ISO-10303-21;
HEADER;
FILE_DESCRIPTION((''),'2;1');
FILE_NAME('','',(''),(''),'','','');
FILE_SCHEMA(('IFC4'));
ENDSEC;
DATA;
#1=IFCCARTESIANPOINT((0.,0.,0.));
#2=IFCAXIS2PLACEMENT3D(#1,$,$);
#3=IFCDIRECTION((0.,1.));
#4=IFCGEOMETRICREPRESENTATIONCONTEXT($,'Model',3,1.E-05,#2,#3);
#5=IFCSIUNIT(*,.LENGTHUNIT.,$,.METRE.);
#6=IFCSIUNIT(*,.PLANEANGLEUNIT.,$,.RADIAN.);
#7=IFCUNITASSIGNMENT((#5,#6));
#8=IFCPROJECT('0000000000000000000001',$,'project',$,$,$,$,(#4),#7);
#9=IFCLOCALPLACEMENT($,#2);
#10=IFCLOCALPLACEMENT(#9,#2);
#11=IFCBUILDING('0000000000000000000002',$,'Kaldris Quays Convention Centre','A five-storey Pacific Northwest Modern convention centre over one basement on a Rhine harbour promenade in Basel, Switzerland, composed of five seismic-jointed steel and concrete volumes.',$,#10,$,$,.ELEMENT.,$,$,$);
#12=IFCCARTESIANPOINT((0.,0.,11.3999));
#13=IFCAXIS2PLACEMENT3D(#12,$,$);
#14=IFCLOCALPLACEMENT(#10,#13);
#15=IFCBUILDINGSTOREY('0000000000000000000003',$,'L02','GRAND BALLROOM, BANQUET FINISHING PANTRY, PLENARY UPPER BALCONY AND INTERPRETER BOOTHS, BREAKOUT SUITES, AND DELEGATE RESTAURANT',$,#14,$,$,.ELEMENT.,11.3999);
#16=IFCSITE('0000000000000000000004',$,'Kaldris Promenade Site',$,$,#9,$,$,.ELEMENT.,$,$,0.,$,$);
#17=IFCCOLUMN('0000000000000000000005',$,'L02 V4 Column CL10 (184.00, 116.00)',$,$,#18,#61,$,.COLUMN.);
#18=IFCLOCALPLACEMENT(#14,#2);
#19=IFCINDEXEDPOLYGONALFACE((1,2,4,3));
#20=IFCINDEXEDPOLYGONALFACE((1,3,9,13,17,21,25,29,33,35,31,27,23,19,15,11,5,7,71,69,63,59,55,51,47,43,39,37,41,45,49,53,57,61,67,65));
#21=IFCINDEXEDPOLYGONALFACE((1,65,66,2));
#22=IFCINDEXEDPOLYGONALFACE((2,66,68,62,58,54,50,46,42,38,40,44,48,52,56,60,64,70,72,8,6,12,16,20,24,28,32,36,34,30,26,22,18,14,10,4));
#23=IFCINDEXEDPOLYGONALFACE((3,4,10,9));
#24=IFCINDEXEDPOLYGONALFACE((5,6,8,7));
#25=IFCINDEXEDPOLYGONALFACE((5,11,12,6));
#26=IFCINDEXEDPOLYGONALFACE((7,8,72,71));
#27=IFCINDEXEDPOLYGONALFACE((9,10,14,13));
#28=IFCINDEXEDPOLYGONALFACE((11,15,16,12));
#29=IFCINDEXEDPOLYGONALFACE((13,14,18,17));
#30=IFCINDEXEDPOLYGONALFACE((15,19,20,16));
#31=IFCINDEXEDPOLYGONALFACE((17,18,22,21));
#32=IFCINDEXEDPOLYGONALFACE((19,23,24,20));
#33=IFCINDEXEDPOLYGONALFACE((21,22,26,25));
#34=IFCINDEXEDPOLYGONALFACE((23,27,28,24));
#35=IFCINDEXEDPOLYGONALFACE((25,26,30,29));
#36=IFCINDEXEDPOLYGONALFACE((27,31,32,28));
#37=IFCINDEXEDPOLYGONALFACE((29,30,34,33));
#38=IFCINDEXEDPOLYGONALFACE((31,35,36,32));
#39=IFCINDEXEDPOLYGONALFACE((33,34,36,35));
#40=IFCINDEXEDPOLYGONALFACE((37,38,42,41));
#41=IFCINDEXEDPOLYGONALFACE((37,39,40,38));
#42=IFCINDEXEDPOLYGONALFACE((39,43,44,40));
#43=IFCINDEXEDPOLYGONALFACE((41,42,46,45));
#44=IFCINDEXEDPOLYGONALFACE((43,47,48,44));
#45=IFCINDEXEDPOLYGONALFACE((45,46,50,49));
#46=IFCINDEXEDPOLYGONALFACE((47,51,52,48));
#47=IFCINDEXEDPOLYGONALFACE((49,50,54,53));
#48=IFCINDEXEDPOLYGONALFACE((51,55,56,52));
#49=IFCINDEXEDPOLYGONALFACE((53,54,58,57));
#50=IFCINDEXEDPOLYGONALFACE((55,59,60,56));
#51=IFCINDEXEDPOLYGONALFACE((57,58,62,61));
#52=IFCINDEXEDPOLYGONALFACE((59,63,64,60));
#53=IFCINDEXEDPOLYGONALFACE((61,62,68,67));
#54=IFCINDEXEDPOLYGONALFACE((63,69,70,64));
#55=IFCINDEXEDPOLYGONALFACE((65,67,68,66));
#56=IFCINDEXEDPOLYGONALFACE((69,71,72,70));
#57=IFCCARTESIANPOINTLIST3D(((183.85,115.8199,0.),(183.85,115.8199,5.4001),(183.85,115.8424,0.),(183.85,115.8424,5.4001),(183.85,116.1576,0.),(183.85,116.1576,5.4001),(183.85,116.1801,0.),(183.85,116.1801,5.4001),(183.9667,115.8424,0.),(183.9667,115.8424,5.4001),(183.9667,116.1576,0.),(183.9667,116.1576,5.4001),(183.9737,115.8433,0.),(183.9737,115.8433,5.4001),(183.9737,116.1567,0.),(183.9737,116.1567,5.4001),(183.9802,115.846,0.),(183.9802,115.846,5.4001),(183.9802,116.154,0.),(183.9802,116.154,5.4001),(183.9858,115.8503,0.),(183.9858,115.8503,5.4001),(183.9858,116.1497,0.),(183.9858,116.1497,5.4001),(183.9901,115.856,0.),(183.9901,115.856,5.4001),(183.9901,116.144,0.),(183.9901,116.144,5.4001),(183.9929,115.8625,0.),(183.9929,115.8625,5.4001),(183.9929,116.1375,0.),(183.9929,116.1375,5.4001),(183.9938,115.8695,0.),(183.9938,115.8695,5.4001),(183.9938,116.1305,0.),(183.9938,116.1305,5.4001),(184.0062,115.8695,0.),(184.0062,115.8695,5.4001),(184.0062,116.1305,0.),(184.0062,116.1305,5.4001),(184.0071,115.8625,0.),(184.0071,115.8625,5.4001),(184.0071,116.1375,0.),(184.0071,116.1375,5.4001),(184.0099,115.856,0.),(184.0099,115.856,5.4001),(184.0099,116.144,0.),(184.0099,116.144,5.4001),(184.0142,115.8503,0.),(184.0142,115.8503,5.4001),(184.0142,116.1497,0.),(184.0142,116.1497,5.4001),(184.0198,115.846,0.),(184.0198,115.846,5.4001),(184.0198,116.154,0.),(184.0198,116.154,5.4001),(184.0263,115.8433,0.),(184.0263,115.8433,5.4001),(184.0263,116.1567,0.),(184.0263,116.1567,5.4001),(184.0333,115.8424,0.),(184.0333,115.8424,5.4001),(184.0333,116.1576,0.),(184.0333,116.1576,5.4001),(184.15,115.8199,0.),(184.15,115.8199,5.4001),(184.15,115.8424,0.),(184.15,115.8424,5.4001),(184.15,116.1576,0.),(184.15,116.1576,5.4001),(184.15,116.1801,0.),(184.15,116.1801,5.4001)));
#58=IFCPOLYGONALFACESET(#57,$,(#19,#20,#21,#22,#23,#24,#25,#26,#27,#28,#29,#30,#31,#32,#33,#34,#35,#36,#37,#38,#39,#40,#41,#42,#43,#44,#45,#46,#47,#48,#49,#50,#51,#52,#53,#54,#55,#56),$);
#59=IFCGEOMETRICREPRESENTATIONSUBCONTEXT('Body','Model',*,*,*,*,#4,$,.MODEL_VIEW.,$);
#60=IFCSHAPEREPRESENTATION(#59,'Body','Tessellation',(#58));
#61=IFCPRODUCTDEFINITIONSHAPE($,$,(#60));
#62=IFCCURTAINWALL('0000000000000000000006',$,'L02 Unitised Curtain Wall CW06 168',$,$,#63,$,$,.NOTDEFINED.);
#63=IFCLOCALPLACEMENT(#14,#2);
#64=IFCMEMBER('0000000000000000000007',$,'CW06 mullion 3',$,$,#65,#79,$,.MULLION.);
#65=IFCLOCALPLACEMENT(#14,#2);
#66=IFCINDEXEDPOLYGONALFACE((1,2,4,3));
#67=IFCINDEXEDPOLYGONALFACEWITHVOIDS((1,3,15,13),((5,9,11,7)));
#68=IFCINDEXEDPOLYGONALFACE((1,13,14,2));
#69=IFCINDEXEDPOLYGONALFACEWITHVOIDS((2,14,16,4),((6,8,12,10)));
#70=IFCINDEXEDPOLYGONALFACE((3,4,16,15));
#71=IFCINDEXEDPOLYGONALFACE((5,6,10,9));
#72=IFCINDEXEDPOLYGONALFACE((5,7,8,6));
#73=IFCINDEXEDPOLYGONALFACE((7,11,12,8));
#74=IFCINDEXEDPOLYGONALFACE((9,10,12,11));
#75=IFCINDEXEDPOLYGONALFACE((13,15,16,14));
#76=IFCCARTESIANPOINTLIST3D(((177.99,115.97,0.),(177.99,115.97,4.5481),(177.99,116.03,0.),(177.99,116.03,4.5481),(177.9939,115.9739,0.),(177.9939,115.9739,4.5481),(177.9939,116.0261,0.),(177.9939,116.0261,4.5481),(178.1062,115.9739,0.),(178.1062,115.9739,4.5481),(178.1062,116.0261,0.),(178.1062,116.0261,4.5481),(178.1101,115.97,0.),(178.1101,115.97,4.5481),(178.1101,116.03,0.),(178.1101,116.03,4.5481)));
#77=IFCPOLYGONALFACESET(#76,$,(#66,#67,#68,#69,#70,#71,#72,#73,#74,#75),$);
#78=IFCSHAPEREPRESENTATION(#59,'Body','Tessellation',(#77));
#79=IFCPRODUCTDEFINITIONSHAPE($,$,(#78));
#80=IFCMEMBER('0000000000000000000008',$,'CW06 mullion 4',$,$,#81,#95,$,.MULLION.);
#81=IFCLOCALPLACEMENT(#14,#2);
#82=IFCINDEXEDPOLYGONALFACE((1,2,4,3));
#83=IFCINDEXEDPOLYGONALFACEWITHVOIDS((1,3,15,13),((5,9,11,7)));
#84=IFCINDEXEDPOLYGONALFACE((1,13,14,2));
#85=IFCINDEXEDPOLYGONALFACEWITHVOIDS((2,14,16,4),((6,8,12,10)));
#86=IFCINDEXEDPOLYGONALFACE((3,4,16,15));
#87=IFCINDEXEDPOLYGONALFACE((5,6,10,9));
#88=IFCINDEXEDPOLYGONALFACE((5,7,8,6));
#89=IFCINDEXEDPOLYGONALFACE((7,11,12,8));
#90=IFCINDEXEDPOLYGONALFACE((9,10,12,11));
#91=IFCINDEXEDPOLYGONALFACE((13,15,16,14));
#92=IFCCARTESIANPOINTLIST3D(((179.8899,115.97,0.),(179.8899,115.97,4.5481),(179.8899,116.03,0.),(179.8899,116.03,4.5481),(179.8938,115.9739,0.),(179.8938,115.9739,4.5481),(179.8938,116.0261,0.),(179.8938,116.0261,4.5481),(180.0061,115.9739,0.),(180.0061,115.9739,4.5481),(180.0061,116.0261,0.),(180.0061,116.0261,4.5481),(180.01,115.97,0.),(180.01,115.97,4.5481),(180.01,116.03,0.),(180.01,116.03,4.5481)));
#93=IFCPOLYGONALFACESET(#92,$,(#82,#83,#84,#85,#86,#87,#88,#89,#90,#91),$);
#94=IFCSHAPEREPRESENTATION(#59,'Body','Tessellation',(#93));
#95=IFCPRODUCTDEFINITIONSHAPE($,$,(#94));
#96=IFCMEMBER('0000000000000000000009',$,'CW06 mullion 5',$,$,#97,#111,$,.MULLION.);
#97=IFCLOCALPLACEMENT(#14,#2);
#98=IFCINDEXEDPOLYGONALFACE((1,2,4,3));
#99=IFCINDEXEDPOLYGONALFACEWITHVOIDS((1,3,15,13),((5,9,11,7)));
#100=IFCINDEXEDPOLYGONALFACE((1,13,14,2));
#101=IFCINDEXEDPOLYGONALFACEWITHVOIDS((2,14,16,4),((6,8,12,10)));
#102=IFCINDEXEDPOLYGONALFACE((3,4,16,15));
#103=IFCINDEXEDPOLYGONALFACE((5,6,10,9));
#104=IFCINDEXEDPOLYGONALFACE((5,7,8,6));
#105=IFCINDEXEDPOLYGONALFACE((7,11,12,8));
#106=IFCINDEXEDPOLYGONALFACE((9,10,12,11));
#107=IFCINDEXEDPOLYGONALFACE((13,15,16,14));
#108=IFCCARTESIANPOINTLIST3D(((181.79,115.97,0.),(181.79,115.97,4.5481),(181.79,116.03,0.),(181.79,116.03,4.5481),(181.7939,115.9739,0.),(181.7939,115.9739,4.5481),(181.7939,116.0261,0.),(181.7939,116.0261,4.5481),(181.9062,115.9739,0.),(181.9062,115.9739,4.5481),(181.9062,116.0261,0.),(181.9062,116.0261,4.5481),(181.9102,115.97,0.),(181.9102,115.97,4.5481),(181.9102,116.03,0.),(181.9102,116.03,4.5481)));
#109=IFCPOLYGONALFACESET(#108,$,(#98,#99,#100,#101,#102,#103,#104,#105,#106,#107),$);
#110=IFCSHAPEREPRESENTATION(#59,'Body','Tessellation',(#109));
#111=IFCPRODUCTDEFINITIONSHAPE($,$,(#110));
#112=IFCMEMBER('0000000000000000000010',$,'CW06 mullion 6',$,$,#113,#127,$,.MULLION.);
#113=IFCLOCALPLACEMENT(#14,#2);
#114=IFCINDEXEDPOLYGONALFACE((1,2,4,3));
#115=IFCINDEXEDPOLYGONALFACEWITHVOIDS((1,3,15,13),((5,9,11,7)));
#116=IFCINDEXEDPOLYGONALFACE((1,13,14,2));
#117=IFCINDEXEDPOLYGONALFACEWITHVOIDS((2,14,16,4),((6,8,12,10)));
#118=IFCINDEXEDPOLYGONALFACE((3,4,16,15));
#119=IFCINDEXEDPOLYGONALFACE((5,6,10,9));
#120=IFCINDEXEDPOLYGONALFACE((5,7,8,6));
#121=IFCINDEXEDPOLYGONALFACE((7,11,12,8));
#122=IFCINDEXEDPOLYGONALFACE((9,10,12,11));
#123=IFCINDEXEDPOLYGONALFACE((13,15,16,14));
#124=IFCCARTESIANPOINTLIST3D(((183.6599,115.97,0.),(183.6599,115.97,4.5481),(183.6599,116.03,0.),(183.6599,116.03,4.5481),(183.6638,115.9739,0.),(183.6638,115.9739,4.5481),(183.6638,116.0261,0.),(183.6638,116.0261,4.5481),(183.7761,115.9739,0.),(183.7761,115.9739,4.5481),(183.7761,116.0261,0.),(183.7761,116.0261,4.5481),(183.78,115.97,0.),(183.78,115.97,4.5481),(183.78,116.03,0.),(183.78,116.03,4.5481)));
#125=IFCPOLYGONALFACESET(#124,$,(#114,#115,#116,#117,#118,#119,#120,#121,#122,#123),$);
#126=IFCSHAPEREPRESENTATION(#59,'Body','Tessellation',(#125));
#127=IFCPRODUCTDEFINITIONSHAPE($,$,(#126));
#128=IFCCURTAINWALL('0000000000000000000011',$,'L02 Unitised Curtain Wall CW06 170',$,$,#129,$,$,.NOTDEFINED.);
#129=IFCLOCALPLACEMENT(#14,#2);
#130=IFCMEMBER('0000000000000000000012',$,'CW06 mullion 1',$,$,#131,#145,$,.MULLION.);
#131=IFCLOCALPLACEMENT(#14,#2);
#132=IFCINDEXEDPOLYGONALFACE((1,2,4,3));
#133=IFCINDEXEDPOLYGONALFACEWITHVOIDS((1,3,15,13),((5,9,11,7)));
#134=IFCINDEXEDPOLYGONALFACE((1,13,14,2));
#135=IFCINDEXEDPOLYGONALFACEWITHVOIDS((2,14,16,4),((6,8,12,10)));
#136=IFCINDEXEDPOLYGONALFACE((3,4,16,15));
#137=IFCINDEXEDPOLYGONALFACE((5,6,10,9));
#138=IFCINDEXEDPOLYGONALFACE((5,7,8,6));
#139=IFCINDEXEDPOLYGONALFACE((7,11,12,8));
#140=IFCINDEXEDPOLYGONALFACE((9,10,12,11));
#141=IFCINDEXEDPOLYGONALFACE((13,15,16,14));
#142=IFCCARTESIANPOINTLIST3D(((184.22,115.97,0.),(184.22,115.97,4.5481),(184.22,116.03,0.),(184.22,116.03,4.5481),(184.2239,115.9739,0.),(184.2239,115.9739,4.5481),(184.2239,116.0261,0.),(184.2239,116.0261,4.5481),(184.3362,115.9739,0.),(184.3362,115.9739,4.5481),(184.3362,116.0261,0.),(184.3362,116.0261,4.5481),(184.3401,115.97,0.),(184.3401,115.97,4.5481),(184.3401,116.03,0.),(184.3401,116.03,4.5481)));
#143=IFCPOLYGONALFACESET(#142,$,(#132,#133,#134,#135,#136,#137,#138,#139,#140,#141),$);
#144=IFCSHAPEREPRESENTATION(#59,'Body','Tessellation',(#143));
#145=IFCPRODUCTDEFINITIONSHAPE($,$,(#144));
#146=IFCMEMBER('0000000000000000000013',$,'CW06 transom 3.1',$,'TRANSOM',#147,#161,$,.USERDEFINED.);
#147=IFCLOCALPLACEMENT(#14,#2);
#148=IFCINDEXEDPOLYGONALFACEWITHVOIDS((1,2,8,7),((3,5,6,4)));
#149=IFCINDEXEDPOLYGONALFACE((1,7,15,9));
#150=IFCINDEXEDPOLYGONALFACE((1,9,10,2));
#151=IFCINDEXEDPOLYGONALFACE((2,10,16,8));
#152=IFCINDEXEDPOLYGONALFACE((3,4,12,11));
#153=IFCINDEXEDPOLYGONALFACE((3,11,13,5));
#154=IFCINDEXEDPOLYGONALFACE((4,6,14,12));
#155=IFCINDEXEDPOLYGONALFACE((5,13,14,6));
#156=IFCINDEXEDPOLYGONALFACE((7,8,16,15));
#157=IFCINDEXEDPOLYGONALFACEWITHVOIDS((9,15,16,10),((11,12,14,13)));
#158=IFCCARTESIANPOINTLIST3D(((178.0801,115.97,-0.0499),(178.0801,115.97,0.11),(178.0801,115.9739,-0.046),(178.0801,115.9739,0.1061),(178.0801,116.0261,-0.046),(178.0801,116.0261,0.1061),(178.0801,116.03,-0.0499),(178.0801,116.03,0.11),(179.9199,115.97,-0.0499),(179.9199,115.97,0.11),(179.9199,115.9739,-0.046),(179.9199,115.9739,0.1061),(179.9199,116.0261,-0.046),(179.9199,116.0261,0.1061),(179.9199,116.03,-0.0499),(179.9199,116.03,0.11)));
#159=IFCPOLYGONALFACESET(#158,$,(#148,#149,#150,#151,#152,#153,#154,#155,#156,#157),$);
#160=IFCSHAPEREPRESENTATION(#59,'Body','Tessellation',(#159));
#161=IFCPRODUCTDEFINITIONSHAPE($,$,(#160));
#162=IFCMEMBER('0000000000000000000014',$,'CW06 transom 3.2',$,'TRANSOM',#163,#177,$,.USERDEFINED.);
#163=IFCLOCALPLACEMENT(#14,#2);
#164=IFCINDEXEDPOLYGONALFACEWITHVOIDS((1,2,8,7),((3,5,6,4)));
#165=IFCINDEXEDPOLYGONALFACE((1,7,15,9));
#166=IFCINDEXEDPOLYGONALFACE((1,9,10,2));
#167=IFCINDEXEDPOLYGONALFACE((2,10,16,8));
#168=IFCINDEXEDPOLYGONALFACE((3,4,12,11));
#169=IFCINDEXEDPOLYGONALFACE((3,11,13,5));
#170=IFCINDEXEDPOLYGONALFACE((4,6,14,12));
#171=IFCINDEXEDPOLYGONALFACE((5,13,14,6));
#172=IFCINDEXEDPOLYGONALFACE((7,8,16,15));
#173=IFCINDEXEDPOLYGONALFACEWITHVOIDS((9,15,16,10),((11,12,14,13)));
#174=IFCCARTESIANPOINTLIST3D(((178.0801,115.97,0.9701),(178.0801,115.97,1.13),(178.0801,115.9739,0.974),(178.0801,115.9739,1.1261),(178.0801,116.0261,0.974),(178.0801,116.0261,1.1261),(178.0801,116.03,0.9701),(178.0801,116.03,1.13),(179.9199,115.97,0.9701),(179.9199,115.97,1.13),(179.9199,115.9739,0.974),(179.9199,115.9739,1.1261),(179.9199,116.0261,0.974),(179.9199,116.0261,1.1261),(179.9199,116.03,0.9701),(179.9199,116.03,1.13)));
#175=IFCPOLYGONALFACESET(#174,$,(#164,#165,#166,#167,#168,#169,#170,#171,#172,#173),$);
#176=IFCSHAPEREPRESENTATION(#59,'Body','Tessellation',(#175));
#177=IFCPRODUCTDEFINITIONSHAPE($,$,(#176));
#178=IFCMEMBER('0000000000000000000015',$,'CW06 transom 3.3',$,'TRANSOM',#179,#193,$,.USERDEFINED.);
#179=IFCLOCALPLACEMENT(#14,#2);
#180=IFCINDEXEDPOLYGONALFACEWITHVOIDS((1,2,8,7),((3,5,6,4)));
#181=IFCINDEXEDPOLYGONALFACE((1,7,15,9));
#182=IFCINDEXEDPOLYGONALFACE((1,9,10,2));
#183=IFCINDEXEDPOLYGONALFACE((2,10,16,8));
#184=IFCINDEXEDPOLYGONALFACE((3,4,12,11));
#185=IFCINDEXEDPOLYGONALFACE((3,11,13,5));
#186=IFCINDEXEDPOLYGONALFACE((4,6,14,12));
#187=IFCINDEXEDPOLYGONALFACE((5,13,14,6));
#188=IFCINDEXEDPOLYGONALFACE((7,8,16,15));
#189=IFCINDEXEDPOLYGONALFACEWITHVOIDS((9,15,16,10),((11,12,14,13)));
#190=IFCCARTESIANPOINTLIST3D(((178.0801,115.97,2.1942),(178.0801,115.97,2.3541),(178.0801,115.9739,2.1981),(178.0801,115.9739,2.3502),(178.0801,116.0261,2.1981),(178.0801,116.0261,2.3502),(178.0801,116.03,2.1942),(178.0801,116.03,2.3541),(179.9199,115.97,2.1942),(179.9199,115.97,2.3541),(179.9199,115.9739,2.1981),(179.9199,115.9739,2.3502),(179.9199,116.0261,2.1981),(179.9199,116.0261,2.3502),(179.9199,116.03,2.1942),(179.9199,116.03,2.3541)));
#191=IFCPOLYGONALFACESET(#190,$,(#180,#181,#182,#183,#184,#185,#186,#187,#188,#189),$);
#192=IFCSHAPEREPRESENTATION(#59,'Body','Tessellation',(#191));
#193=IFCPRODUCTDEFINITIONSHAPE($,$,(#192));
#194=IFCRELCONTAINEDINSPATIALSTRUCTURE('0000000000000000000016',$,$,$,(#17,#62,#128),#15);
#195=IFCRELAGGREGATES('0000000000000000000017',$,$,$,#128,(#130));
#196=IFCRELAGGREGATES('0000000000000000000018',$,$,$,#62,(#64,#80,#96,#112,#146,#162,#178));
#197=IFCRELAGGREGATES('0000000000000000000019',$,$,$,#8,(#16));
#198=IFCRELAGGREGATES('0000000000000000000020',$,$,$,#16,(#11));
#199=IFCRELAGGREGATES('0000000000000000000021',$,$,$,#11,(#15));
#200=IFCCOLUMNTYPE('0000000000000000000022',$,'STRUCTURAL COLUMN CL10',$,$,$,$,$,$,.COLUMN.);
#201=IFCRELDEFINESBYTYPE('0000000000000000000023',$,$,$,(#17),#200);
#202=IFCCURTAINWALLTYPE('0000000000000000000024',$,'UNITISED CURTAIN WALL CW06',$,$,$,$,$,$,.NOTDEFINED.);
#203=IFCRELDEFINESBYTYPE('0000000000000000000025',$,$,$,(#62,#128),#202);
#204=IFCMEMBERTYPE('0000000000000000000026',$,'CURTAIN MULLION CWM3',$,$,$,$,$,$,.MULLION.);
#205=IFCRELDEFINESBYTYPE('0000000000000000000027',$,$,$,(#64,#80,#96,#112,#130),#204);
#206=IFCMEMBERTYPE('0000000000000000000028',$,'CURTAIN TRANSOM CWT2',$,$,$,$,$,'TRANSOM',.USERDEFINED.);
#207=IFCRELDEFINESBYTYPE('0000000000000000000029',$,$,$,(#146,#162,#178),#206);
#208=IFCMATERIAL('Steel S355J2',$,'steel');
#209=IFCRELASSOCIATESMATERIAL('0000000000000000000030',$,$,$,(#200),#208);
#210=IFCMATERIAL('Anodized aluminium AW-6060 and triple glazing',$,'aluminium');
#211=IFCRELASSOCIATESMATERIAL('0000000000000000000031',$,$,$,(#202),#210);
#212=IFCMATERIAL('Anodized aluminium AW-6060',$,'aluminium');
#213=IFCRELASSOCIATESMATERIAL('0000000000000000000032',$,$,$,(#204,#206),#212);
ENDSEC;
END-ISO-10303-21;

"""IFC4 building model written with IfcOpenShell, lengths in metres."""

from ifc_helpers import new_model, si_unit, direction, frame, origin, origin_2d, place, context, subcontext, project, spatial, hollow_rectangle, i_section, extrude, material, material_profile, profile_set, type_object, element, aggregate, save


model = new_model("IFC4")

# Units and contexts
model_context = context("Model", 3, precision=1e-05, world=origin(), true_north=direction((0.0, 1.0)))
body_context = subcontext(model_context, "Body", "Model", "MODEL_VIEW")
ifc_project = project(units=[si_unit("LENGTHUNIT", "METRE"), si_unit("PLANEANGLEUNIT", "RADIAN")], contexts=[model_context])

# Site, building, storey
site_placement = place(None, origin())
site = spatial("IfcSite", under=ifc_project, at=site_placement, Name="Kaldris Promenade Site", CompositionType="ELEMENT", RefElevation=0.0)
building_placement = place(site_placement, origin())
building = spatial("IfcBuilding", under=site, at=building_placement, Name="Kaldris Quays Convention Centre", Description="A five-storey Pacific Northwest Modern convention centre over one basement on a Rhine harbour promenade in Basel, Switzerland, composed of five seismic-jointed steel and concrete volumes.", CompositionType="ELEMENT")
storey_placement = place(building_placement, frame((0.0, 0.0, 11.3999)))
storey = spatial("IfcBuildingStorey", under=building, at=storey_placement, Name="L02", Description="GRAND BALLROOM, BANQUET FINISHING PANTRY, PLENARY UPPER BALCONY AND INTERPRETER BOOTHS, BREAKOUT SUITES, AND DELEGATE RESTAURANT", CompositionType="ELEMENT", Elevation=11.3999)

# Column
ifc_material_1 = material(Name="Steel S355J2", Category="steel")
ifc_material_profile_1 = material_profile(ifc_material_1, i_section(OverallWidth=0.3, OverallDepth=0.3601, WebThickness=0.0125, FlangeThickness=0.0225, FilletRadius=0.0271, at=origin_2d()), Name="HEB 360")
ifc_profile_set_1 = profile_set([ifc_material_profile_1], Name="Steel S355J2")
column_type = type_object("IfcColumnType", Name="STRUCTURAL COLUMN CL10", PredefinedType="COLUMN", material=ifc_profile_set_1)
column_placement = place(storey_placement, frame((184.0, 116.0, 0.0), z_axis=(0.0, 0.0, 1.0), x_axis=(1.0, 0.0, 0.0)))
element("IfcColumn", 1, at=column_placement, inside=storey, type_object=column_type, Name="L02 V4 Column CL10 (184.00, 116.00)", PredefinedType="COLUMN", context=body_context, shape_type="SweptSolid", body=[
    extrude(i_section(OverallWidth=0.3, OverallDepth=0.3601, WebThickness=0.0125, FlangeThickness=0.0225, FilletRadius=0.0271, at=origin_2d()), origin(), (0.0, 0.0, 1.0), 5.4001),
])

# Curtain wall, members
ifc_material_2 = material(Name="Anodized aluminium AW-6060 and triple glazing", Category="aluminium")
curtain_wall_type = type_object("IfcCurtainWallType", Name="UNITISED CURTAIN WALL CW06", PredefinedType="NOTDEFINED", material=ifc_material_2)
curtain_wall_1_placement = place(storey_placement, origin())
curtain_wall_1 = element("IfcCurtainWall", 2, at=curtain_wall_1_placement, inside=storey, type_object=curtain_wall_type, Name="L02 Unitised Curtain Wall CW06 168", PredefinedType="NOTDEFINED")
ifc_material_3 = material(Name="Anodized aluminium AW-6060", Category="aluminium")
ifc_material_profile_2 = material_profile(ifc_material_3, hollow_rectangle(XDim=0.0601, YDim=0.1201, WallThickness=0.0039, at=origin_2d()), Name="RHS 120x60x4")
ifc_profile_set_2 = profile_set([ifc_material_profile_2], Name="Anodized aluminium AW-6060")
member_type_1 = type_object("IfcMemberType", Name="CURTAIN MULLION CWM3", PredefinedType="MULLION", material=ifc_profile_set_2)
member_1_placement = place(storey_placement, frame((178.05, 116.0, 0.0), z_axis=(0.0, 0.0, 1.0), x_axis=(0.0, 1.0, 0.0)))
member_1 = element("IfcMember", 3, at=member_1_placement, type_object=member_type_1, Name="CW06 mullion 3", PredefinedType="MULLION", context=body_context, shape_type="SweptSolid", body=[
    extrude(hollow_rectangle(XDim=0.0601, YDim=0.1201, WallThickness=0.0039, at=origin_2d()), origin(), (0.0, 0.0, 1.0), 4.5481),
])
member_2_placement = place(storey_placement, frame((179.95, 116.0, 0.0), z_axis=(0.0, 0.0, 1.0), x_axis=(0.0, 1.0, 0.0)))
member_2 = element("IfcMember", 4, at=member_2_placement, type_object=member_type_1, Name="CW06 mullion 4", PredefinedType="MULLION", context=body_context, shape_type="SweptSolid", body=[
    extrude(hollow_rectangle(XDim=0.0601, YDim=0.1201, WallThickness=0.0039, at=origin_2d()), origin(), (0.0, 0.0, 1.0), 4.5481),
])
member_3_placement = place(storey_placement, frame((181.8501, 116.0, 0.0), z_axis=(0.0, 0.0, 1.0), x_axis=(0.0, 1.0, 0.0)))
member_3 = element("IfcMember", 5, at=member_3_placement, type_object=member_type_1, Name="CW06 mullion 5", PredefinedType="MULLION", context=body_context, shape_type="SweptSolid", body=[
    extrude(hollow_rectangle(XDim=0.0601, YDim=0.1201, WallThickness=0.0039, at=origin_2d()), origin(), (0.0, 0.0, 1.0), 4.5481),
])
member_4_placement = place(storey_placement, frame((183.72, 116.0, 0.0), z_axis=(0.0, 0.0, 1.0), x_axis=(0.0, 1.0, 0.0)))
member_4 = element("IfcMember", 6, at=member_4_placement, type_object=member_type_1, Name="CW06 mullion 6", PredefinedType="MULLION", context=body_context, shape_type="SweptSolid", body=[
    extrude(hollow_rectangle(XDim=0.0601, YDim=0.1201, WallThickness=0.0039, at=origin_2d()), origin(), (0.0, 0.0, 1.0), 4.5481),
])

# Curtain wall, member
curtain_wall_2_placement = place(storey_placement, origin())
curtain_wall_2 = element("IfcCurtainWall", 7, at=curtain_wall_2_placement, inside=storey, type_object=curtain_wall_type, Name="L02 Unitised Curtain Wall CW06 170", PredefinedType="NOTDEFINED")
member_5_placement = place(storey_placement, frame((184.28, 116.0, 0.0), z_axis=(0.0, 0.0, 1.0), x_axis=(0.0, 1.0, 0.0)))
member_5 = element("IfcMember", 8, at=member_5_placement, type_object=member_type_1, Name="CW06 mullion 1", PredefinedType="MULLION", context=body_context, shape_type="SweptSolid", body=[
    extrude(hollow_rectangle(XDim=0.0601, YDim=0.1201, WallThickness=0.0039, at=origin_2d()), origin(), (0.0, 0.0, 1.0), 4.5481),
])
aggregate(curtain_wall_2, [member_5])

# Members
ifc_material_profile_3 = material_profile(ifc_material_3, hollow_rectangle(XDim=0.0601, YDim=0.1599, WallThickness=0.0039, at=origin_2d()), Name="RHS 160x60x4")
ifc_profile_set_3 = profile_set([ifc_material_profile_3], Name="Anodized aluminium AW-6060")
member_type_2 = type_object("IfcMemberType", Name="CURTAIN TRANSOM CWT2", ElementType="TRANSOM", PredefinedType="USERDEFINED", material=ifc_profile_set_3)
member_6_placement = place(storey_placement, frame((178.0801, 116.0, 0.03), z_axis=(1.0, 0.0, 0.0), x_axis=(0.0, 1.0, 0.0)))
member_6 = element("IfcMember", 9, at=member_6_placement, type_object=member_type_2, Name="CW06 transom 3.1", ObjectType="TRANSOM", PredefinedType="USERDEFINED", context=body_context, shape_type="SweptSolid", body=[
    extrude(hollow_rectangle(XDim=0.0601, YDim=0.1599, WallThickness=0.0039, at=origin_2d()), origin(), (0.0, 0.0, 1.0), 1.8398),
])
member_7_placement = place(storey_placement, frame((178.0801, 116.0, 1.05), z_axis=(1.0, 0.0, 0.0), x_axis=(0.0, 1.0, 0.0)))
member_7 = element("IfcMember", 10, at=member_7_placement, type_object=member_type_2, Name="CW06 transom 3.2", ObjectType="TRANSOM", PredefinedType="USERDEFINED", context=body_context, shape_type="SweptSolid", body=[
    extrude(hollow_rectangle(XDim=0.0601, YDim=0.1599, WallThickness=0.0039, at=origin_2d()), origin(), (0.0, 0.0, 1.0), 1.8398),
])
member_8_placement = place(storey_placement, frame((178.0801, 116.0, 2.2742), z_axis=(1.0, 0.0, 0.0), x_axis=(0.0, 1.0, 0.0)))
member_8 = element("IfcMember", 11, at=member_8_placement, type_object=member_type_2, Name="CW06 transom 3.3", ObjectType="TRANSOM", PredefinedType="USERDEFINED", context=body_context, shape_type="SweptSolid", body=[
    extrude(hollow_rectangle(XDim=0.0601, YDim=0.1599, WallThickness=0.0039, at=origin_2d()), origin(), (0.0, 0.0, 1.0), 1.8398),
])

aggregate(curtain_wall_1, [member_1, member_2, member_3, member_4, member_6, member_7, member_8])

save(model, "model.ifc")
